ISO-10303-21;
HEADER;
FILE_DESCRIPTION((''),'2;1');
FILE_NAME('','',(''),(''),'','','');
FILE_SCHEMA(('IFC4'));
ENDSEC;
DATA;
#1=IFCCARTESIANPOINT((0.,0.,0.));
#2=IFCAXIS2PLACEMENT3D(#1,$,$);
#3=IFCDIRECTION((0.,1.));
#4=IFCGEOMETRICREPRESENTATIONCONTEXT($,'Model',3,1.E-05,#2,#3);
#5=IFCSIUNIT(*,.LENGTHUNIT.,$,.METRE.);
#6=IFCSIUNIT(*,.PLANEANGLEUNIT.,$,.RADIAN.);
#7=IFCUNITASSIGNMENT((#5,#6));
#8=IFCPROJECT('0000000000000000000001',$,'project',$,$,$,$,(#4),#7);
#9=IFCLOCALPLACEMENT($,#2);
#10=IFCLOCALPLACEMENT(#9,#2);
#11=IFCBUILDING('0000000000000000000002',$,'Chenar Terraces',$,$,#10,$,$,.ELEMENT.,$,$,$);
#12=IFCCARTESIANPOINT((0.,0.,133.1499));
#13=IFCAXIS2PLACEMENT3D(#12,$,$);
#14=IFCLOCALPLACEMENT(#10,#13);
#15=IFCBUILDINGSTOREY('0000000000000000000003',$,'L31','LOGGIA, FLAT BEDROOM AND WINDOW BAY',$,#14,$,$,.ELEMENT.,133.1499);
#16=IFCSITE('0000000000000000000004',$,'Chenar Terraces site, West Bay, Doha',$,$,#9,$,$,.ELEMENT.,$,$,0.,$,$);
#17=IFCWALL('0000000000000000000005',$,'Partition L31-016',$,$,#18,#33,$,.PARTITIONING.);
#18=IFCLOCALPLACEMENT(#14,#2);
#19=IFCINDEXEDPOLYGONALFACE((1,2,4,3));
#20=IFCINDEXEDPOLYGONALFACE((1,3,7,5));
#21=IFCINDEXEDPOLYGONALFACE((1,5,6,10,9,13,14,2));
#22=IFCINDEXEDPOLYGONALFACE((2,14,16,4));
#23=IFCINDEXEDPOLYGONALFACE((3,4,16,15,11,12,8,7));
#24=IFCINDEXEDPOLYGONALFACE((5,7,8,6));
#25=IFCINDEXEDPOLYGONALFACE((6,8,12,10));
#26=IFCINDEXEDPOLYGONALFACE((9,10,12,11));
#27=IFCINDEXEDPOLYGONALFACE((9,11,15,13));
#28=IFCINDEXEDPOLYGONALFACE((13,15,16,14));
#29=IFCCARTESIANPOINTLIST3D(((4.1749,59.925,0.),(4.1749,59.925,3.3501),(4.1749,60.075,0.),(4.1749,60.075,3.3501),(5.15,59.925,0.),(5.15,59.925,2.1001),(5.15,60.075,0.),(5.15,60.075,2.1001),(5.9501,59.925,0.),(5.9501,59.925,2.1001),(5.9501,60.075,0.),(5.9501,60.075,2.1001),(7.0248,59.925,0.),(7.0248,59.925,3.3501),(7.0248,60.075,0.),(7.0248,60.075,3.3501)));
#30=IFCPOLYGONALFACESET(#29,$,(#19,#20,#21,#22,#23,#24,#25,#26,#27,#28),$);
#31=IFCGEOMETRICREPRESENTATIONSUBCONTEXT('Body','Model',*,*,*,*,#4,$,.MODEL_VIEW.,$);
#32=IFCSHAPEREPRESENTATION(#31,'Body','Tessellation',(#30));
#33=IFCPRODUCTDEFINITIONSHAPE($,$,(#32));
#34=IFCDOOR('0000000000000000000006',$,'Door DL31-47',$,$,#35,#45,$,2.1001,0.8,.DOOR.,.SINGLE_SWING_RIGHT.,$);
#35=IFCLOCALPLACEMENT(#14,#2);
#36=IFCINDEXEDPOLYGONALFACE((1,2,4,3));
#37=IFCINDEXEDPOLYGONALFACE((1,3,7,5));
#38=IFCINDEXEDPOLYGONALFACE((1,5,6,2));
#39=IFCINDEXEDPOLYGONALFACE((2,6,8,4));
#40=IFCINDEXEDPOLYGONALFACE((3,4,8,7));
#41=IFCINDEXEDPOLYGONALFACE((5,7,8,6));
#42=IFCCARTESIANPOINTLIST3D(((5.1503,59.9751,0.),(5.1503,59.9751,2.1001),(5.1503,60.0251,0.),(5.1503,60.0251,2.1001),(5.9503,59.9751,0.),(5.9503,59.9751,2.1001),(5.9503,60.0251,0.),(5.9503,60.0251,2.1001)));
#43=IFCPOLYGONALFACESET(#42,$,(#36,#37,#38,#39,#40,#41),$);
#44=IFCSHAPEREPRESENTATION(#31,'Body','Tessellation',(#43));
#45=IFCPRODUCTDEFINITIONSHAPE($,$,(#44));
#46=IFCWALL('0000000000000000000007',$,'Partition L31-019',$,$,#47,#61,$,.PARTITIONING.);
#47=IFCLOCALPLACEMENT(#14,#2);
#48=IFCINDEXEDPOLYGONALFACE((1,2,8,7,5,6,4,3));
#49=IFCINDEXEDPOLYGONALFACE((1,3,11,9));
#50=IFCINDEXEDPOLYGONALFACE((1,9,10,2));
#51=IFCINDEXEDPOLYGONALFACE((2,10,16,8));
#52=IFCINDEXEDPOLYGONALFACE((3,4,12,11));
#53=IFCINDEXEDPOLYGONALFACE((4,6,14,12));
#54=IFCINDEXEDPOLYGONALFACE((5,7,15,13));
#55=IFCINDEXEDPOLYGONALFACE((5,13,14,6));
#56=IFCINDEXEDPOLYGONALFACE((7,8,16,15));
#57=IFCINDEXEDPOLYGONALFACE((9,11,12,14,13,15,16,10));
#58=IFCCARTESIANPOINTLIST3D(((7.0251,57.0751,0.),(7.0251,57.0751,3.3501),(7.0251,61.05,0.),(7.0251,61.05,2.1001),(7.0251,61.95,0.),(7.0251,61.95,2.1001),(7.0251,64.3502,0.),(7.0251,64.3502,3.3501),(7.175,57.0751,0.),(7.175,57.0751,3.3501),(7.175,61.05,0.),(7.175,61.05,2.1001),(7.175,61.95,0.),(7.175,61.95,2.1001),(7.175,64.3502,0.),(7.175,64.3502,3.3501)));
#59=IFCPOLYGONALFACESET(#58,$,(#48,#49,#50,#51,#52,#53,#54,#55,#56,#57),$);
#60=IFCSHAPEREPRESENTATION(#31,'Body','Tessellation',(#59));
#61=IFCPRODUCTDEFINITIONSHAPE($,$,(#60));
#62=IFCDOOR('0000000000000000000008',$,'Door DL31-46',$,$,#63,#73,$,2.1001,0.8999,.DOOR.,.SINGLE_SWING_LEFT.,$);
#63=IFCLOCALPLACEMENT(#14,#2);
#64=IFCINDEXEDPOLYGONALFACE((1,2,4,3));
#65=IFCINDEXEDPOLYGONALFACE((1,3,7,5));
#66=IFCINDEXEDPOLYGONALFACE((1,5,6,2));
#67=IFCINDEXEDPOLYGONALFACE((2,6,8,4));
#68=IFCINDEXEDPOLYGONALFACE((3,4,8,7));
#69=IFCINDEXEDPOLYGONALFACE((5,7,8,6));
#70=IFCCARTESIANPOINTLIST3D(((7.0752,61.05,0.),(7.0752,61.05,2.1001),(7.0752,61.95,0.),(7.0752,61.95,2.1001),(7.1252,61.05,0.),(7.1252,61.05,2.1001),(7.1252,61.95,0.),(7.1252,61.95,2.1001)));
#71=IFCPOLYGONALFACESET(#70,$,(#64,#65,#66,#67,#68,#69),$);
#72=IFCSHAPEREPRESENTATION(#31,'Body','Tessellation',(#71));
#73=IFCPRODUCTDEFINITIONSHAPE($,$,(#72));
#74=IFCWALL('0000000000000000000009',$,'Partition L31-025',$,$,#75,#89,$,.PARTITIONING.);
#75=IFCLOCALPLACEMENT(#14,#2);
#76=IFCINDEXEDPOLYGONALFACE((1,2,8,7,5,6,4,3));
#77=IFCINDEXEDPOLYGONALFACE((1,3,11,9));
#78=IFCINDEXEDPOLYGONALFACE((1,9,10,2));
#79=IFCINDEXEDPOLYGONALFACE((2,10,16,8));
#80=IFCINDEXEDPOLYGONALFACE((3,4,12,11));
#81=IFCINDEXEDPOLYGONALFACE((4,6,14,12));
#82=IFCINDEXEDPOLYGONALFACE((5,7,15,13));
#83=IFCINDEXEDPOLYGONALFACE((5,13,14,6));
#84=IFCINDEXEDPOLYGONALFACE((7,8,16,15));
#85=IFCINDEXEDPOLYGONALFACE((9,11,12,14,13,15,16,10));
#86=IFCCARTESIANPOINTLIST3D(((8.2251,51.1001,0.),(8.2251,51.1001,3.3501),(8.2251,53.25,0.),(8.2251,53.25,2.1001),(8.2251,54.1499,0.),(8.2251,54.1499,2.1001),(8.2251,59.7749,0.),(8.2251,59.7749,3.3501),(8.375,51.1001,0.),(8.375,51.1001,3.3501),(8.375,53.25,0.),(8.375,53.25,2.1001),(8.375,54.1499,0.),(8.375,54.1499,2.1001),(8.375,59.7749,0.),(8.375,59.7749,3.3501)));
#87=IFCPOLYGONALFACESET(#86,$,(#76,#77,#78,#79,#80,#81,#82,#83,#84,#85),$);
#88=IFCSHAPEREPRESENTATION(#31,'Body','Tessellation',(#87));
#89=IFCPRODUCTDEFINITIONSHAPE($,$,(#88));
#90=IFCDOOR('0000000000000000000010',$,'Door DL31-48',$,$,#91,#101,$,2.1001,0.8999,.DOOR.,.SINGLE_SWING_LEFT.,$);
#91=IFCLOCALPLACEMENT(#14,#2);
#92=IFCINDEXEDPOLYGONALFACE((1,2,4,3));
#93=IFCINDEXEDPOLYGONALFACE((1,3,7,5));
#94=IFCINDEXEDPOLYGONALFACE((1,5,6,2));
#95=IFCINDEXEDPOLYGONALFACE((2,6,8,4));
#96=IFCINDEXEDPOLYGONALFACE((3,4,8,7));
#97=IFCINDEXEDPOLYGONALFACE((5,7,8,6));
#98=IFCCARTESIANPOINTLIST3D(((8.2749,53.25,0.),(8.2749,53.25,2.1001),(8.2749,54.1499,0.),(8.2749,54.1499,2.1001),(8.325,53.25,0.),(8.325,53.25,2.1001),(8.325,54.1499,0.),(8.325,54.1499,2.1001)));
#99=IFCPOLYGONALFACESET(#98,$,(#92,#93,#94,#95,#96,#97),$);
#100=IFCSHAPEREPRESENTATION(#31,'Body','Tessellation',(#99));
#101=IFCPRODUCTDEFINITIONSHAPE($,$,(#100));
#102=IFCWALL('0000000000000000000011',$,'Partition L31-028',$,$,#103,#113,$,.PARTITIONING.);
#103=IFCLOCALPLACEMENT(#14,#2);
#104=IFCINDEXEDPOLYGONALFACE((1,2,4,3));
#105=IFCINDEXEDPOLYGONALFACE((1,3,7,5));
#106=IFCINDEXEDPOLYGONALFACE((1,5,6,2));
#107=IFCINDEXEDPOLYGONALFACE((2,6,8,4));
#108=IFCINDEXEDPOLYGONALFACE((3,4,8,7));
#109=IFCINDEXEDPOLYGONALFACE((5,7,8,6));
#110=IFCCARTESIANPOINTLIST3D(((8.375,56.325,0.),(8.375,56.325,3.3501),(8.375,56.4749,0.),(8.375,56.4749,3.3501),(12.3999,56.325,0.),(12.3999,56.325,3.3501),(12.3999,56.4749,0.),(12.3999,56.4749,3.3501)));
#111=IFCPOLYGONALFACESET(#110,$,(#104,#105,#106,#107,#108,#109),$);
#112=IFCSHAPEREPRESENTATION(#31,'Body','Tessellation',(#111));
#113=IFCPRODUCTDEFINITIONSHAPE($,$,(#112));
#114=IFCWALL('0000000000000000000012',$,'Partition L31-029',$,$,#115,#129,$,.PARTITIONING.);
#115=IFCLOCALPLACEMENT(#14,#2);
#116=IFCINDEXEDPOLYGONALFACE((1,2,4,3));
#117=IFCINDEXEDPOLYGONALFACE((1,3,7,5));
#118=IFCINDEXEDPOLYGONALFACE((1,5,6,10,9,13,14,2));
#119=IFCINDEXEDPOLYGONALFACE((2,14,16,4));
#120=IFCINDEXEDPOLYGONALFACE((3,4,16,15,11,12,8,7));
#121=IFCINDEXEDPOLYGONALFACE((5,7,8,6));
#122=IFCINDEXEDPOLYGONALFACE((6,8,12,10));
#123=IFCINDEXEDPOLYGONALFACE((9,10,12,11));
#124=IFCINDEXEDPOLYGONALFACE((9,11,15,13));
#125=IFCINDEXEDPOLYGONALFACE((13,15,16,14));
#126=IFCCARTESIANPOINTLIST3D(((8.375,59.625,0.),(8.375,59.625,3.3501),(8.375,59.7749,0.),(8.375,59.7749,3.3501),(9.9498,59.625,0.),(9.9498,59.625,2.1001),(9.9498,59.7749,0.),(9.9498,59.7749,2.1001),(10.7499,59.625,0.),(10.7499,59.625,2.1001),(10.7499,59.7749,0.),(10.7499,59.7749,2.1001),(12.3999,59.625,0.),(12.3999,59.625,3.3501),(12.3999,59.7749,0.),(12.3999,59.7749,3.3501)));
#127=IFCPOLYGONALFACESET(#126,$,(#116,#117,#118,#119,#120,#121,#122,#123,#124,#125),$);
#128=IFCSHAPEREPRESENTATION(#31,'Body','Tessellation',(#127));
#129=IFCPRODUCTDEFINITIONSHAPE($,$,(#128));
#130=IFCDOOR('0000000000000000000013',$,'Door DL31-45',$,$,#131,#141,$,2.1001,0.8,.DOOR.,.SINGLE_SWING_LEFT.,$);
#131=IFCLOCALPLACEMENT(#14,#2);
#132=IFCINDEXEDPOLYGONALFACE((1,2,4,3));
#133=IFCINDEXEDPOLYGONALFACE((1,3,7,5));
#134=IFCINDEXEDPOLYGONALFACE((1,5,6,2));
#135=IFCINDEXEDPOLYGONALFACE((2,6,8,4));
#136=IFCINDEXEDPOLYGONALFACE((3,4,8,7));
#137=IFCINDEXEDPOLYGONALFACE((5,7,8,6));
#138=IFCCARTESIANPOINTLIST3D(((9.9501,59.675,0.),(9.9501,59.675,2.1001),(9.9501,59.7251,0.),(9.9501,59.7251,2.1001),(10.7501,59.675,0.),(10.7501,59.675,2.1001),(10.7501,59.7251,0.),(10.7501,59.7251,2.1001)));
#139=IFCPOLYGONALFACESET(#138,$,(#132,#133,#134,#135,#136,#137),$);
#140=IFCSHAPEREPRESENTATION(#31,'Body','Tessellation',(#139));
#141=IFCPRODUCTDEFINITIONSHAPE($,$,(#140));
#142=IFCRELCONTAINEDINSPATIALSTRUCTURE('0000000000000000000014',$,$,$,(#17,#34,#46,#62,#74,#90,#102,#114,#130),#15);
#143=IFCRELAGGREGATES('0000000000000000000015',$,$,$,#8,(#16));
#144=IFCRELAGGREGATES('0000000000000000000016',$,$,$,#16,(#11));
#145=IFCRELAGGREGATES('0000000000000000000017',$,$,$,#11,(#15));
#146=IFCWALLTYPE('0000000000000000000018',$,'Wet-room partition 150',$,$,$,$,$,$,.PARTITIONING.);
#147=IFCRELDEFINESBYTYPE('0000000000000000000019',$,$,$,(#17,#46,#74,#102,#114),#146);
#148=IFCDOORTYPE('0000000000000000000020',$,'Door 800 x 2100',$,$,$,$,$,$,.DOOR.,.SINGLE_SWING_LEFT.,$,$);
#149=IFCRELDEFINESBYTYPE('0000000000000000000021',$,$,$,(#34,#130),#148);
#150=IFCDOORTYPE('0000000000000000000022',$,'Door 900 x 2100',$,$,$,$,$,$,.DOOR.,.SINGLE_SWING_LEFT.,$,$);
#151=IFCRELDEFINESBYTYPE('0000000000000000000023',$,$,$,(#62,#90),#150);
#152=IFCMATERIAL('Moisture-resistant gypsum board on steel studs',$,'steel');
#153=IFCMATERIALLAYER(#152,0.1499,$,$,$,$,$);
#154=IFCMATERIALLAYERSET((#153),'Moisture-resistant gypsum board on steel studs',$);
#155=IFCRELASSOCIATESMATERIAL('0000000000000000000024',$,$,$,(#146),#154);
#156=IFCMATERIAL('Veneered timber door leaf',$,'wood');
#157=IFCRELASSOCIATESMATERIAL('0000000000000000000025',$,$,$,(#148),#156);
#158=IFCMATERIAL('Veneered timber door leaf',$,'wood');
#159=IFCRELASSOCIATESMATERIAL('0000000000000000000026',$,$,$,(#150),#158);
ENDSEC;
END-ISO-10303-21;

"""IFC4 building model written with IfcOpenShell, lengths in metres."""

from ifc_helpers import new_model, si_unit, direction, frame, frame_2d, origin, place, context, subcontext, project, spatial, rectangle, extrude, material, layer, layer_set, type_object, element, fill, save


model = new_model("IFC4")

# Units and contexts
model_context = context("Model", 3, precision=1e-05, world=origin(), true_north=direction((0.0, 1.0)))
body_context = subcontext(model_context, "Body", "Model", "MODEL_VIEW")
ifc_project = project(units=[si_unit("LENGTHUNIT", "METRE"), si_unit("PLANEANGLEUNIT", "RADIAN")], contexts=[model_context])

# Site, building, storey
site_placement = place(None, origin())
site = spatial("IfcSite", under=ifc_project, at=site_placement, Name="Chenar Terraces site, West Bay, Doha", CompositionType="ELEMENT", RefElevation=0.0)
building_placement = place(site_placement, origin())
building = spatial("IfcBuilding", under=site, at=building_placement, Name="Chenar Terraces", CompositionType="ELEMENT")
storey_placement = place(building_placement, frame((0.0, 0.0, 133.1499)))
storey = spatial("IfcBuildingStorey", under=building, at=storey_placement, Name="L31", Description="LOGGIA, FLAT BEDROOM AND WINDOW BAY", CompositionType="ELEMENT", Elevation=133.1499)

# Shared definitions
ifc_material_1 = material(Name="Moisture-resistant gypsum board on steel studs", Category="steel")
ifc_layer_1 = layer(ifc_material_1, 0.1499)
ifc_layer_set_1 = layer_set([ifc_layer_1], Name="Moisture-resistant gypsum board on steel studs")
wall_type_1 = type_object("IfcWallType", Name="Wet-room partition 150", PredefinedType="PARTITIONING", material=ifc_layer_set_1)

# Walls, openings, doors
wall_1_placement = place(storey_placement, frame((4.175, 60.0, 0.0), z_axis=(0.0, 0.0, 1.0), x_axis=(1.0, 0.0, 0.0)))
wall_1 = element("IfcWall", 1, at=wall_1_placement, inside=storey, type_object=wall_type_1, Name="Partition L31-016", PredefinedType="PARTITIONING", context=body_context, shape_type="SweptSolid", body=[
    extrude(rectangle(XDim=2.8499, YDim=0.1499, at=frame_2d((1.4248, 0.0))), origin(), (0.0, 0.0, 1.0), 3.3501),
])
opening_1_placement = place(wall_1_placement, frame((0.9751, 0.0, 0.0)))
opening_1 = element("IfcOpeningElement", 2, at=opening_1_placement, cuts=wall_1, PredefinedType="OPENING", context=body_context, shape_type="SweptSolid", body=[
    extrude(rectangle(XDim=0.8, YDim=2.1001, at=frame_2d((0.3999, 1.05))), frame((0.0, 0.085, 0.0), z_axis=(0.0, -1.0, 0.0), x_axis=(1.0, 0.0, 0.0)), (0.0, 0.0, 1.0), 0.1699),
])
ifc_material_2 = material(Name="Veneered timber door leaf", Category="wood")
door_type_1 = type_object("IfcDoorType", Name="Door 800 x 2100", OperationType="SINGLE_SWING_LEFT", PredefinedType="DOOR", material=ifc_material_2)
door_1_placement = place(opening_1_placement, frame((0.8, 0.0, 0.0), z_axis=(0.0, 0.0, 1.0), x_axis=(-1.0, 0.0, 0.0)))
door_1 = element("IfcDoor", 3, at=door_1_placement, inside=storey, type_object=door_type_1, Name="Door DL31-47", OperationType="SINGLE_SWING_RIGHT", OverallHeight=2.1001, OverallWidth=0.8, PredefinedType="DOOR", context=body_context, shape_type="SweptSolid", body=[
    extrude(rectangle(XDim=0.8, YDim=2.1001, at=frame_2d((0.3999, 1.05))), frame((0.0, 0.0249, 0.0), z_axis=(0.0, -1.0, 0.0), x_axis=(1.0, 0.0, 0.0)), (0.0, 0.0, 1.0), 0.05),
])
fill(opening_1, door_1)
wall_2_placement = place(storey_placement, frame((7.1001, 57.075, 0.0), z_axis=(0.0, 0.0, 1.0), x_axis=(0.0, 1.0, 0.0)))
wall_2 = element("IfcWall", 4, at=wall_2_placement, inside=storey, type_object=wall_type_1, Name="Partition L31-019", PredefinedType="PARTITIONING", context=body_context, shape_type="SweptSolid", body=[
    extrude(rectangle(XDim=7.2751, YDim=0.1499, at=frame_2d((3.6377, 0.0))), origin(), (0.0, 0.0, 1.0), 3.3501),
])
opening_2_placement = place(wall_2_placement, frame((3.9751, 0.0, 0.0)))
opening_2 = element("IfcOpeningElement", 5, at=opening_2_placement, cuts=wall_2, PredefinedType="OPENING", context=body_context, shape_type="SweptSolid", body=[
    extrude(rectangle(XDim=0.8999, YDim=2.1001, at=frame_2d((0.45, 1.05))), frame((0.0, 0.085, 0.0), z_axis=(0.0, -1.0, 0.0), x_axis=(1.0, 0.0, 0.0)), (0.0, 0.0, 1.0), 0.1699),
])
ifc_material_3 = material(Name="Veneered timber door leaf", Category="wood")
door_type_2 = type_object("IfcDoorType", Name="Door 900 x 2100", OperationType="SINGLE_SWING_LEFT", PredefinedType="DOOR", material=ifc_material_3)
door_2_placement = place(opening_2_placement, origin())
door_2 = element("IfcDoor", 6, at=door_2_placement, inside=storey, type_object=door_type_2, Name="Door DL31-46", OperationType="SINGLE_SWING_LEFT", OverallHeight=2.1001, OverallWidth=0.8999, PredefinedType="DOOR", context=body_context, shape_type="SweptSolid", body=[
    extrude(rectangle(XDim=0.8999, YDim=2.1001, at=frame_2d((0.45, 1.05))), frame((0.0, 0.0249, 0.0), z_axis=(0.0, -1.0, 0.0), x_axis=(1.0, 0.0, 0.0)), (0.0, 0.0, 1.0), 0.05),
])
fill(opening_2, door_2)
wall_3_placement = place(storey_placement, frame((8.3, 51.1001, 0.0), z_axis=(0.0, 0.0, 1.0), x_axis=(0.0, 1.0, 0.0)))
wall_3 = element("IfcWall", 7, at=wall_3_placement, inside=storey, type_object=wall_type_1, Name="Partition L31-025", PredefinedType="PARTITIONING", context=body_context, shape_type="SweptSolid", body=[
    extrude(rectangle(XDim=8.6748, YDim=0.1499, at=frame_2d((4.3374, 0.0))), origin(), (0.0, 0.0, 1.0), 3.3501),
])
opening_3_placement = place(wall_3_placement, frame((2.1499, 0.0, 0.0)))
opening_3 = element("IfcOpeningElement", 8, at=opening_3_placement, cuts=wall_3, PredefinedType="OPENING", context=body_context, shape_type="SweptSolid", body=[
    extrude(rectangle(XDim=0.8999, YDim=2.1001, at=frame_2d((0.45, 1.05))), frame((0.0, 0.085, 0.0), z_axis=(0.0, -1.0, 0.0), x_axis=(1.0, 0.0, 0.0)), (0.0, 0.0, 1.0), 0.1699),
])
door_3_placement = place(opening_3_placement, frame((0.8999, 0.0, 0.0), z_axis=(0.0, 0.0, 1.0), x_axis=(-1.0, 0.0, 0.0)))
door_3 = element("IfcDoor", 9, at=door_3_placement, inside=storey, type_object=door_type_2, Name="Door DL31-48", OperationType="SINGLE_SWING_LEFT", OverallHeight=2.1001, OverallWidth=0.8999, PredefinedType="DOOR", context=body_context, shape_type="SweptSolid", body=[
    extrude(rectangle(XDim=0.8999, YDim=2.1001, at=frame_2d((0.45, 1.05))), frame((0.0, 0.0249, 0.0), z_axis=(0.0, -1.0, 0.0), x_axis=(1.0, 0.0, 0.0)), (0.0, 0.0, 1.0), 0.05),
])
fill(opening_3, door_3)

# Wall
wall_4_placement = place(storey_placement, frame((8.375, 56.3999, 0.0), z_axis=(0.0, 0.0, 1.0), x_axis=(1.0, 0.0, 0.0)))
element("IfcWall", 10, at=wall_4_placement, inside=storey, type_object=wall_type_1, Name="Partition L31-028", PredefinedType="PARTITIONING", context=body_context, shape_type="SweptSolid", body=[
    extrude(rectangle(XDim=4.0249, YDim=0.1499, at=frame_2d((2.0125, 0.0))), origin(), (0.0, 0.0, 1.0), 3.3501),
])

# Wall, opening, door
wall_5_placement = place(storey_placement, frame((8.375, 59.7, 0.0), z_axis=(0.0, 0.0, 1.0), x_axis=(1.0, 0.0, 0.0)))
wall_5 = element("IfcWall", 11, at=wall_5_placement, inside=storey, type_object=wall_type_1, Name="Partition L31-029", PredefinedType="PARTITIONING", context=body_context, shape_type="SweptSolid", body=[
    extrude(rectangle(XDim=4.0249, YDim=0.1499, at=frame_2d((2.0125, 0.0))), origin(), (0.0, 0.0, 1.0), 3.3501),
])
opening_4_placement = place(wall_5_placement, frame((1.575, 0.0, 0.0)))
opening_4 = element("IfcOpeningElement", 12, at=opening_4_placement, cuts=wall_5, PredefinedType="OPENING", context=body_context, shape_type="SweptSolid", body=[
    extrude(rectangle(XDim=0.8, YDim=2.1001, at=frame_2d((0.3999, 1.05))), frame((0.0, 0.085, 0.0), z_axis=(0.0, -1.0, 0.0), x_axis=(1.0, 0.0, 0.0)), (0.0, 0.0, 1.0), 0.1699),
])
door_4_placement = place(opening_4_placement, frame((0.8, 0.0, 0.0), z_axis=(0.0, 0.0, 1.0), x_axis=(-1.0, 0.0, 0.0)))
door_4 = element("IfcDoor", 13, at=door_4_placement, inside=storey, type_object=door_type_1, Name="Door DL31-45", OperationType="SINGLE_SWING_LEFT", OverallHeight=2.1001, OverallWidth=0.8, PredefinedType="DOOR", context=body_context, shape_type="SweptSolid", body=[
    extrude(rectangle(XDim=0.8, YDim=2.1001, at=frame_2d((0.3999, 1.05))), frame((0.0, 0.0249, 0.0), z_axis=(0.0, -1.0, 0.0), x_axis=(1.0, 0.0, 0.0)), (0.0, 0.0, 1.0), 0.05),
])
fill(opening_4, door_4)

save(model, "model.ifc")
